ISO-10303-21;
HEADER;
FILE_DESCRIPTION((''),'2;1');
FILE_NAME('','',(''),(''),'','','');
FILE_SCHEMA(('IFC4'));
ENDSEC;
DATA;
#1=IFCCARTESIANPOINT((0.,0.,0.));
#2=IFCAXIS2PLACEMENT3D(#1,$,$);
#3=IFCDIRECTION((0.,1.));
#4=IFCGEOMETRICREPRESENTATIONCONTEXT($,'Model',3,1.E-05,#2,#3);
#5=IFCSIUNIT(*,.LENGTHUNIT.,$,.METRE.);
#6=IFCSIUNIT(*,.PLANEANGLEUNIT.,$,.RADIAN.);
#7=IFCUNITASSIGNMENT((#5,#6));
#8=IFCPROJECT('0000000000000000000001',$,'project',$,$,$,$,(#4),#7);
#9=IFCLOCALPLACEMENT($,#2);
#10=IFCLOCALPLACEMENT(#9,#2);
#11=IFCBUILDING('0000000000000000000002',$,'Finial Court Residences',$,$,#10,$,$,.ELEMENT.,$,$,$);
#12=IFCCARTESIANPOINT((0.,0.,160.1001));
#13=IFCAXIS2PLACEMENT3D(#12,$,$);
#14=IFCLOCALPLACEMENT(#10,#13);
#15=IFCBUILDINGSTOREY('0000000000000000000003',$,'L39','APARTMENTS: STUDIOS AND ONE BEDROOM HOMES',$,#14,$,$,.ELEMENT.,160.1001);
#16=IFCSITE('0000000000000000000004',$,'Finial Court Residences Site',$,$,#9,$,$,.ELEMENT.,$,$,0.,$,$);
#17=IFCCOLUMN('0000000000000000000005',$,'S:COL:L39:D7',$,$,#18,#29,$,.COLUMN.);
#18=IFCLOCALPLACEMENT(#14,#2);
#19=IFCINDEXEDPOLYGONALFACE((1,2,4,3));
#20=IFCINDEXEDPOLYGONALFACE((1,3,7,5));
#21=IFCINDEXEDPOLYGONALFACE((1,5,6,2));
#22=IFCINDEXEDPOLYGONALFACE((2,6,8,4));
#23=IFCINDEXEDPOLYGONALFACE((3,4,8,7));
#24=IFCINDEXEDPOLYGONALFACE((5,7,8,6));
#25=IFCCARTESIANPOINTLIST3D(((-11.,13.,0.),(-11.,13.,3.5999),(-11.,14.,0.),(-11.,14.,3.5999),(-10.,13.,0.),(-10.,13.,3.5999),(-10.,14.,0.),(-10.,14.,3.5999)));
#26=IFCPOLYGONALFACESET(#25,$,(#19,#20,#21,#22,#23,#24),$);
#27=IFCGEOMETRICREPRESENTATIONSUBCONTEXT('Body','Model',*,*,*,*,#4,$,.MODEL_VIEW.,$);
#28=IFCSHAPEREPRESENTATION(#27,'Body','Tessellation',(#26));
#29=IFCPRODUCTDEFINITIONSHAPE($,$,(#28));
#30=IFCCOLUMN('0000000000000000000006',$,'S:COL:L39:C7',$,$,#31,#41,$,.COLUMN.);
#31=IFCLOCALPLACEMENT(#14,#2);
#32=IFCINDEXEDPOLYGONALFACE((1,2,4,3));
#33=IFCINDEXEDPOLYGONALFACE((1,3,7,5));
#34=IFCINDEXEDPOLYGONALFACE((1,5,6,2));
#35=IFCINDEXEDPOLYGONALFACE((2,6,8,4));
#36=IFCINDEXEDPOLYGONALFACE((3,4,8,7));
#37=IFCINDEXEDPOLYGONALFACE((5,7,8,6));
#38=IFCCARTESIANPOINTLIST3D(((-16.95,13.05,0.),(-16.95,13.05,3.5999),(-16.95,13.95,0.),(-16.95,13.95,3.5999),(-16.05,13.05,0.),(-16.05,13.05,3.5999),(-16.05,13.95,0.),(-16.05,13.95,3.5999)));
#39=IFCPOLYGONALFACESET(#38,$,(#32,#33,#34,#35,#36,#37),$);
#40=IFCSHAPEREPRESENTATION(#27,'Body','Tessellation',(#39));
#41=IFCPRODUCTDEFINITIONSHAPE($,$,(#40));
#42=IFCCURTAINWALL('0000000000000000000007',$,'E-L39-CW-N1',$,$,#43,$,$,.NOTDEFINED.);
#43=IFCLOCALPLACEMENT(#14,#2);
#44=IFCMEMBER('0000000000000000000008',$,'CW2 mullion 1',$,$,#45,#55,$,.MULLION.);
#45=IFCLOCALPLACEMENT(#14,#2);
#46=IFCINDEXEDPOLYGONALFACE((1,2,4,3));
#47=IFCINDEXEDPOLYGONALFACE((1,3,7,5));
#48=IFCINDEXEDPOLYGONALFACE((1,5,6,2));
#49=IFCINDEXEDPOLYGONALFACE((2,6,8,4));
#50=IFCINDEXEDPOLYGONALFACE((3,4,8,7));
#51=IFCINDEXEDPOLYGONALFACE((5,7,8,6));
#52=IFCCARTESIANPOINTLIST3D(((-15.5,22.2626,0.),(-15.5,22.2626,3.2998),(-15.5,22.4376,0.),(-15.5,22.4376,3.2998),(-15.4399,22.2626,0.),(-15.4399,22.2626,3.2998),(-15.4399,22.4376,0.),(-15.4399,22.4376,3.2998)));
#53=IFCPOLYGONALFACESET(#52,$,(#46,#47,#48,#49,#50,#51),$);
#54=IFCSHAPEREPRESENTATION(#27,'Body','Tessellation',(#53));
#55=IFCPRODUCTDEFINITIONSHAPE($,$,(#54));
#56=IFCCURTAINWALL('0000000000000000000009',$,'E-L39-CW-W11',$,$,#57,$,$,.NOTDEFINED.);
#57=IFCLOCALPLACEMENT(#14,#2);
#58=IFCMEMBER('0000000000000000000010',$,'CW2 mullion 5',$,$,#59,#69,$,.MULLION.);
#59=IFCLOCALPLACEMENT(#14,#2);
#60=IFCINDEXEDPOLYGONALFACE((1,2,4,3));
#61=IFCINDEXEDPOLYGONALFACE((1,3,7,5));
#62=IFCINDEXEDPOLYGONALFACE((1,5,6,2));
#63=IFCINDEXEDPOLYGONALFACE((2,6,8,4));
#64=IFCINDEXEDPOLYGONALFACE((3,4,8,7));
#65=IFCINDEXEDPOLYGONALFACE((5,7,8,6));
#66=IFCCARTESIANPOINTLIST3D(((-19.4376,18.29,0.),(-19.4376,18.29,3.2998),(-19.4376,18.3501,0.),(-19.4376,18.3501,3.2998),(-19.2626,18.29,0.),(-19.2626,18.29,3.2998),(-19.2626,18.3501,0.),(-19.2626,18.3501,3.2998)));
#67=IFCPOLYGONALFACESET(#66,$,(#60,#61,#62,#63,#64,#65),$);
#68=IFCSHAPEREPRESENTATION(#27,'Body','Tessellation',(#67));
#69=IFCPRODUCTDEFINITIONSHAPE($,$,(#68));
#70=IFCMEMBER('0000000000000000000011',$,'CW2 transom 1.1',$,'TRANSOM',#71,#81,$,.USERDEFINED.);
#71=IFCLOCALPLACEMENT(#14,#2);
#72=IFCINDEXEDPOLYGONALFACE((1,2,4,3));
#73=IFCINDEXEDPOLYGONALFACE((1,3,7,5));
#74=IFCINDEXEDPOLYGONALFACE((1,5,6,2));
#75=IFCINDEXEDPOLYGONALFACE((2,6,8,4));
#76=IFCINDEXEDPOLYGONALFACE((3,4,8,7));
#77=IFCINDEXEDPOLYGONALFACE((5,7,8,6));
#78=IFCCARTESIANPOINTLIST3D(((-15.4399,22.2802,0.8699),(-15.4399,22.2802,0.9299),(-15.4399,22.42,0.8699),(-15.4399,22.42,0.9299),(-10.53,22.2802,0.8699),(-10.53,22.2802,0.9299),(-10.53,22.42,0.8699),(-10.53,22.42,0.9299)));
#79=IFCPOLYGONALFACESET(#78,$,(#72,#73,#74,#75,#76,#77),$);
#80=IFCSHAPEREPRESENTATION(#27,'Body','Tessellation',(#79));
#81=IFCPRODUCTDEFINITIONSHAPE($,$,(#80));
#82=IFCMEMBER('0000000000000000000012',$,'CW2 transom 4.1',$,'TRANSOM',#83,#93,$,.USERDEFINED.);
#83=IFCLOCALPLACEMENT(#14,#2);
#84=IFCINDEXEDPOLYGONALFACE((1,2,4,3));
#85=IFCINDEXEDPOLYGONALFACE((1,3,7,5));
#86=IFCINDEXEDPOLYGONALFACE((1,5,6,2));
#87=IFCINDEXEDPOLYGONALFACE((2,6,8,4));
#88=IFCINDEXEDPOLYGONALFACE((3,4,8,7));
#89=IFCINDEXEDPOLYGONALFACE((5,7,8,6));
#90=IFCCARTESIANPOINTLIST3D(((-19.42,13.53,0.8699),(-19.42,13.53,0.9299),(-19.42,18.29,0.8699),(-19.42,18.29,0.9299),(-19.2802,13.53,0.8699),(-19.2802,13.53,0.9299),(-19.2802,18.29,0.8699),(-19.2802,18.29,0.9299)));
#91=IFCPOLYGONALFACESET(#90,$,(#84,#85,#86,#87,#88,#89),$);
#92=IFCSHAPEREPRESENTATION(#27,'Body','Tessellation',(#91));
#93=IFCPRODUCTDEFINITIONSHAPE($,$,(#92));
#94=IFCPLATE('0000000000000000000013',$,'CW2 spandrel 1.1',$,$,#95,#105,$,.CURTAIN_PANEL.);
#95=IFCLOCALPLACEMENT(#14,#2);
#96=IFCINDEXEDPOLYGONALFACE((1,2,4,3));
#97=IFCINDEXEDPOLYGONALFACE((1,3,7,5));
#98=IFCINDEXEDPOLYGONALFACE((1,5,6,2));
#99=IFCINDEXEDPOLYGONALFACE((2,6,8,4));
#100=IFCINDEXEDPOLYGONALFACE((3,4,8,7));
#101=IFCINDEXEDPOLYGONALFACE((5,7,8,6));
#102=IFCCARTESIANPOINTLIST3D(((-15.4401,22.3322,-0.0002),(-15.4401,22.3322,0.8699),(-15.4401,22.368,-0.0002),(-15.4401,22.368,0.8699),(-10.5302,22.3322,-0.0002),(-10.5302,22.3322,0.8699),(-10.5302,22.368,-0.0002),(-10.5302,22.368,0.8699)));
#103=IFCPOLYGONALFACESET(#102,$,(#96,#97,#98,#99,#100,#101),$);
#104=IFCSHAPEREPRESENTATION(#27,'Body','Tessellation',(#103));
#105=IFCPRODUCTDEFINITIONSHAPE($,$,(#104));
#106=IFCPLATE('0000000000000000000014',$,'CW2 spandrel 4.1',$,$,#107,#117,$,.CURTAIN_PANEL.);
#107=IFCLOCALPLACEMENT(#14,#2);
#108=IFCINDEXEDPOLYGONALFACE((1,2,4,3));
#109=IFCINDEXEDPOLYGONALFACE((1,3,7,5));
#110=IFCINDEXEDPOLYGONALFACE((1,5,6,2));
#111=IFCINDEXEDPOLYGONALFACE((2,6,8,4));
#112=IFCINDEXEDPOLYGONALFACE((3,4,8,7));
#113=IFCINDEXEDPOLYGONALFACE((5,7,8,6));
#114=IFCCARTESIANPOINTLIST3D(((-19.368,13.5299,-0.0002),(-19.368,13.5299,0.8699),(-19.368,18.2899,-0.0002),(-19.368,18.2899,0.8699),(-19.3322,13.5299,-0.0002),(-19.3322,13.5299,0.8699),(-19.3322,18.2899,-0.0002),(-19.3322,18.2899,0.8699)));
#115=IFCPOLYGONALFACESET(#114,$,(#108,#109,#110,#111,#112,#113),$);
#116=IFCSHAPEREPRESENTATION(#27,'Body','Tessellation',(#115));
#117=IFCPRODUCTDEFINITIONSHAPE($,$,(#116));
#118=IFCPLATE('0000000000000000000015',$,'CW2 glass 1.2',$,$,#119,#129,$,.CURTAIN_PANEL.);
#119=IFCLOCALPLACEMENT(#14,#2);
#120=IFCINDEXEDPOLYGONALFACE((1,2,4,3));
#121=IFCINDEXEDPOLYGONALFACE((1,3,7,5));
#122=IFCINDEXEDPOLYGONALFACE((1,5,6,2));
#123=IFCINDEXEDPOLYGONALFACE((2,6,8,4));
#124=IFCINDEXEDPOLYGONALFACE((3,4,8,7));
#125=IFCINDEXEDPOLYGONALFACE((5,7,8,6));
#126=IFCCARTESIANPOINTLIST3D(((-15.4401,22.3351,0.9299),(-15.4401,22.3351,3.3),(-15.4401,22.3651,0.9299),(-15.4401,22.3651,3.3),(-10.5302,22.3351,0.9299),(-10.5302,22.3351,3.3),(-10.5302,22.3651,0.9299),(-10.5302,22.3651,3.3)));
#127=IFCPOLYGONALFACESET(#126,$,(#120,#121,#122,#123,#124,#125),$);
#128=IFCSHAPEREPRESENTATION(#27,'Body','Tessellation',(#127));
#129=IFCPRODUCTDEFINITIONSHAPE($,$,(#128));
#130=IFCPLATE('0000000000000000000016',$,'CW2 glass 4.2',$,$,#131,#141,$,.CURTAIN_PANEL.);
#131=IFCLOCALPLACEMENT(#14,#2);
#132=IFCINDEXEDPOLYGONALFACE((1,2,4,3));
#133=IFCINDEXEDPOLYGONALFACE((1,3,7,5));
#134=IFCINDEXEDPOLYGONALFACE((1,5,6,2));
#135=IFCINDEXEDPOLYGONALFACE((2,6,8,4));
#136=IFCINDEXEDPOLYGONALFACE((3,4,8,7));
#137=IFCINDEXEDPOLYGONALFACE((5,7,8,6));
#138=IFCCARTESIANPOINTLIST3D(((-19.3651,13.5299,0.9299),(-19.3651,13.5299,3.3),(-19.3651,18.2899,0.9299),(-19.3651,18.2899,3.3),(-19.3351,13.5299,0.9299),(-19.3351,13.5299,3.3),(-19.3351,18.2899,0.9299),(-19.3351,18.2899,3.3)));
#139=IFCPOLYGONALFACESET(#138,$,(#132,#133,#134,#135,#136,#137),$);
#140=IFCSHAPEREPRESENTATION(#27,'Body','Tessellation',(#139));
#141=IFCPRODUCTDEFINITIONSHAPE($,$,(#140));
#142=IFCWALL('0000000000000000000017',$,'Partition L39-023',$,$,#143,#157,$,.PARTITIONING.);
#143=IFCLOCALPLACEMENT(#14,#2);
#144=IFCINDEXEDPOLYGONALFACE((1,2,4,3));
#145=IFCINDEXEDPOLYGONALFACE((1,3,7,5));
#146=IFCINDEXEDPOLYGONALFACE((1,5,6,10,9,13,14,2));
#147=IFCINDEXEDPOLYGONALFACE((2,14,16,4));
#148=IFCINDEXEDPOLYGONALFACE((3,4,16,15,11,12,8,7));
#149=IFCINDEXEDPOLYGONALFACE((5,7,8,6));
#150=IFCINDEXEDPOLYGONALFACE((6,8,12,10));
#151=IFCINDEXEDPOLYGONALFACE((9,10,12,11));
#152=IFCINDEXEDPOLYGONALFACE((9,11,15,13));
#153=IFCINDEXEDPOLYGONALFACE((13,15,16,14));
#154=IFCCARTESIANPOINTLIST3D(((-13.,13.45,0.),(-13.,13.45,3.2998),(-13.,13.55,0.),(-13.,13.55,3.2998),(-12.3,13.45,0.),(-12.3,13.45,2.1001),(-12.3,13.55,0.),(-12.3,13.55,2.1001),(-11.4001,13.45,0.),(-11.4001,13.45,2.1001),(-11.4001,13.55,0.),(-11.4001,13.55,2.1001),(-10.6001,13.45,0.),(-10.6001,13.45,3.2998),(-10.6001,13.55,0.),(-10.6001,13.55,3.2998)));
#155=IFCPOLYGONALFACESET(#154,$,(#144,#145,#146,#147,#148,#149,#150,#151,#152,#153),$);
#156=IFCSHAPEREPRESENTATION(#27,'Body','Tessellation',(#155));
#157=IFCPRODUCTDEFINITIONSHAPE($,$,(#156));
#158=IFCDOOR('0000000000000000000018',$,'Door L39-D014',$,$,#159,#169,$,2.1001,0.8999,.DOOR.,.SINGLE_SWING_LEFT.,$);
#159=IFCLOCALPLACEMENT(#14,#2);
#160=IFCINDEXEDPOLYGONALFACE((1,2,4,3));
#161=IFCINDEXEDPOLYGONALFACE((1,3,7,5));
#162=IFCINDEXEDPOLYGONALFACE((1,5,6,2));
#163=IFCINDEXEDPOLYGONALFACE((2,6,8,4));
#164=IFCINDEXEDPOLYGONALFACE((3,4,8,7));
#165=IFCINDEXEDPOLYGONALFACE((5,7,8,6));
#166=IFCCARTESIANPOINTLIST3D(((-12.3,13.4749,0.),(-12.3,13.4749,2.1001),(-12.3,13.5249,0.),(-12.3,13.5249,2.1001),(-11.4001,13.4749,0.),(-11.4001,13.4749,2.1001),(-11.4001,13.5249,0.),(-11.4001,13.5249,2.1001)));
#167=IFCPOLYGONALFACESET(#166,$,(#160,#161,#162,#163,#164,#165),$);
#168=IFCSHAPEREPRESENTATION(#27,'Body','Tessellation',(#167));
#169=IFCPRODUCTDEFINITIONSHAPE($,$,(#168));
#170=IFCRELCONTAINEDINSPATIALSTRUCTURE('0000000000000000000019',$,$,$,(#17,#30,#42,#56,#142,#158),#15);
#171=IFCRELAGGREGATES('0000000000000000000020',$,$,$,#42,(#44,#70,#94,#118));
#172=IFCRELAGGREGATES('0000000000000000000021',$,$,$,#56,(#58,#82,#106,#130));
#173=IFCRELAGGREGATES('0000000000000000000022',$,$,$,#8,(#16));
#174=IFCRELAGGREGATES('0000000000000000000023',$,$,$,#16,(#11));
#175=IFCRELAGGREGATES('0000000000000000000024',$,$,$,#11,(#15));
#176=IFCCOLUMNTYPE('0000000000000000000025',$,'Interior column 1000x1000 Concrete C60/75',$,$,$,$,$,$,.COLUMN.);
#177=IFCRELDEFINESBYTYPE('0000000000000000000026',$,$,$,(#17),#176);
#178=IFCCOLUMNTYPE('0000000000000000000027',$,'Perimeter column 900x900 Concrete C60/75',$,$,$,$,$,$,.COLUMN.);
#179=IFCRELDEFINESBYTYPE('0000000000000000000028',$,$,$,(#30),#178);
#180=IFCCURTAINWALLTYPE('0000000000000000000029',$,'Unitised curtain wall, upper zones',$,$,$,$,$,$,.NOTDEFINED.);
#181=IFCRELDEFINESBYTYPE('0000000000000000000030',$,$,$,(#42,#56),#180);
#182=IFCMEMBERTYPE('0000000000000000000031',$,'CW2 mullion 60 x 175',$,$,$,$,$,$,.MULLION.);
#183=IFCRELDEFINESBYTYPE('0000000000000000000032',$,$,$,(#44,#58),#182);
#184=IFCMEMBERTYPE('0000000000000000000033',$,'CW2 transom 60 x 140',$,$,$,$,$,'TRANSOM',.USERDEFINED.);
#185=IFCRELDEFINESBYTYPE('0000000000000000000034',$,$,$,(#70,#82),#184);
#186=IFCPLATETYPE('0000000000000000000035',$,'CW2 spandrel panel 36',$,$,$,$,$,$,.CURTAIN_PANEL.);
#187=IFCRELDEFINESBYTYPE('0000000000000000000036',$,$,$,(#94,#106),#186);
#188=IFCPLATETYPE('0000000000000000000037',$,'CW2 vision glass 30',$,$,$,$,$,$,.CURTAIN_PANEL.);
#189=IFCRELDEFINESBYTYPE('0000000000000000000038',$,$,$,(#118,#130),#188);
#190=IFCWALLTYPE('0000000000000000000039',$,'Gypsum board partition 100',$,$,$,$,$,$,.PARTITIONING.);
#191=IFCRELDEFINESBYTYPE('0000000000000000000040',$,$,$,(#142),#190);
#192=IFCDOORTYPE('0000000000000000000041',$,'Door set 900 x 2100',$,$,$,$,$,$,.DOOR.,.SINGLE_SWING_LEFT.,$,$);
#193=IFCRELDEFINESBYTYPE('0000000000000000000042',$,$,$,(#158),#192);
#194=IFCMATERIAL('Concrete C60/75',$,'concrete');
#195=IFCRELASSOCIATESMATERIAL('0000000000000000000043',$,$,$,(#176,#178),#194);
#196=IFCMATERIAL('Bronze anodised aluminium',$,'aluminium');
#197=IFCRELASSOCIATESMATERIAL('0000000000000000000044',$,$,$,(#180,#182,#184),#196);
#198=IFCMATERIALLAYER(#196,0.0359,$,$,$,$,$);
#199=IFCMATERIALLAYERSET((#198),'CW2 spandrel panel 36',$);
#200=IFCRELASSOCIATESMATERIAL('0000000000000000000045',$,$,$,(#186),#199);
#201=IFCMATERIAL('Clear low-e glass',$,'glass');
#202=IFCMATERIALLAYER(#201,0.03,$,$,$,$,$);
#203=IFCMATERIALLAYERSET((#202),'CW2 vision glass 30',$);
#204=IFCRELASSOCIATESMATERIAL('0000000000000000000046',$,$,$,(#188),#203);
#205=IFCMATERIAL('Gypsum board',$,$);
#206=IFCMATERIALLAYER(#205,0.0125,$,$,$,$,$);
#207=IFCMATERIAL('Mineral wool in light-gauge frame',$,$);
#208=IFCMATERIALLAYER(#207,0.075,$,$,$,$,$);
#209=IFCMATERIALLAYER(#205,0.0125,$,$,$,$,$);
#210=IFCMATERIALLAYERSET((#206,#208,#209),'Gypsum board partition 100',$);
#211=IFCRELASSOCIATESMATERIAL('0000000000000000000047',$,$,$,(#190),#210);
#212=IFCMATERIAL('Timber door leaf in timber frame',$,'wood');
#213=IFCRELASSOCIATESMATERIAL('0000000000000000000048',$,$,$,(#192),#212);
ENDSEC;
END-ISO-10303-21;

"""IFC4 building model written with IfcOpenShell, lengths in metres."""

from ifc_helpers import new_model, si_unit, direction, frame, frame_2d, origin, origin_2d, place, context, subcontext, project, spatial, rectangle, extrude, material, layer, layer_set, material_profile, profile_set, type_object, element, fill, aggregate, save


model = new_model("IFC4")

# Units and contexts
model_context = context("Model", 3, precision=1e-05, world=origin(), true_north=direction((0.0, 1.0)))
body_context = subcontext(model_context, "Body", "Model", "MODEL_VIEW")
ifc_project = project(units=[si_unit("LENGTHUNIT", "METRE"), si_unit("PLANEANGLEUNIT", "RADIAN")], contexts=[model_context])

# Site, building, storey
site_placement = place(None, origin())
site = spatial("IfcSite", under=ifc_project, at=site_placement, Name="Finial Court Residences Site", CompositionType="ELEMENT", RefElevation=0.0)
building_placement = place(site_placement, origin())
building = spatial("IfcBuilding", under=site, at=building_placement, Name="Finial Court Residences", CompositionType="ELEMENT")
storey_placement = place(building_placement, frame((0.0, 0.0, 160.1001)))
storey = spatial("IfcBuildingStorey", under=building, at=storey_placement, Name="L39", Description="APARTMENTS: STUDIOS AND ONE BEDROOM HOMES", CompositionType="ELEMENT", Elevation=160.1001)

# Columns
ifc_material_1 = material(Name="Concrete C60/75", Category="concrete")
ifc_material_profile_1 = material_profile(ifc_material_1, rectangle(XDim=1.0, YDim=1.0, at=origin_2d()), Name="1000x1000")
ifc_profile_set_1 = profile_set([ifc_material_profile_1], Name="Concrete C60/75")
column_type_1 = type_object("IfcColumnType", Name="Interior column 1000x1000 Concrete C60/75", PredefinedType="COLUMN", material=ifc_profile_set_1)
column_1_placement = place(storey_placement, frame((-10.5, 13.5, 0.0), z_axis=(0.0, 0.0, 1.0), x_axis=(1.0, 0.0, 0.0)))
element("IfcColumn", 1, at=column_1_placement, inside=storey, type_object=column_type_1, Name="S:COL:L39:D7", PredefinedType="COLUMN", context=body_context, shape_type="SweptSolid", body=[
    extrude(rectangle(XDim=1.0, YDim=1.0, at=origin_2d()), origin(), (0.0, 0.0, 1.0), 3.5999),
])
ifc_material_profile_2 = material_profile(ifc_material_1, rectangle(XDim=0.8999, YDim=0.8999, at=origin_2d()), Name="900x900")
ifc_profile_set_2 = profile_set([ifc_material_profile_2], Name="Concrete C60/75")
column_type_2 = type_object("IfcColumnType", Name="Perimeter column 900x900 Concrete C60/75", PredefinedType="COLUMN", material=ifc_profile_set_2)
column_2_placement = place(storey_placement, frame((-16.5, 13.5, 0.0), z_axis=(0.0, 0.0, 1.0), x_axis=(1.0, 0.0, 0.0)))
element("IfcColumn", 2, at=column_2_placement, inside=storey, type_object=column_type_2, Name="S:COL:L39:C7", PredefinedType="COLUMN", context=body_context, shape_type="SweptSolid", body=[
    extrude(rectangle(XDim=0.8999, YDim=0.8999, at=origin_2d()), origin(), (0.0, 0.0, 1.0), 3.5999),
])

# Curtain walls, members
ifc_material_2 = material(Name="Bronze anodised aluminium", Category="aluminium")
curtain_wall_type = type_object("IfcCurtainWallType", Name="Unitised curtain wall, upper zones", PredefinedType="NOTDEFINED", material=ifc_material_2)
curtain_wall_1_placement = place(storey_placement, origin())
curtain_wall_1 = element("IfcCurtainWall", 3, at=curtain_wall_1_placement, inside=storey, type_object=curtain_wall_type, Name="E-L39-CW-N1", PredefinedType="NOTDEFINED")
ifc_material_profile_3 = material_profile(ifc_material_2, rectangle(XDim=0.175, YDim=0.0601, at=origin_2d()), Name="CW2 mullion 60 x 175")
ifc_profile_set_3 = profile_set([ifc_material_profile_3], Name="Bronze anodised aluminium")
member_type_1 = type_object("IfcMemberType", Name="CW2 mullion 60 x 175", PredefinedType="MULLION", material=ifc_profile_set_3)
member_1_placement = place(storey_placement, frame((-15.47, 22.3501, 0.0), z_axis=(0.0, 0.0, 1.0), x_axis=(0.0, 1.0, 0.0)))
member_1 = element("IfcMember", 4, at=member_1_placement, type_object=member_type_1, Name="CW2 mullion 1", PredefinedType="MULLION", context=body_context, shape_type="SweptSolid", body=[
    extrude(rectangle(XDim=0.175, YDim=0.0601, at=origin_2d()), origin(), (0.0, 0.0, 1.0), 3.2998),
])
curtain_wall_2_placement = place(storey_placement, origin())
curtain_wall_2 = element("IfcCurtainWall", 5, at=curtain_wall_2_placement, inside=storey, type_object=curtain_wall_type, Name="E-L39-CW-W11", PredefinedType="NOTDEFINED")
member_2_placement = place(storey_placement, frame((-19.3501, 18.3201, 0.0), z_axis=(0.0, 0.0, 1.0), x_axis=(-1.0, 0.0, 0.0)))
member_2 = element("IfcMember", 6, at=member_2_placement, type_object=member_type_1, Name="CW2 mullion 5", PredefinedType="MULLION", context=body_context, shape_type="SweptSolid", body=[
    extrude(rectangle(XDim=0.175, YDim=0.0601, at=origin_2d()), origin(), (0.0, 0.0, 1.0), 3.2998),
])

# Members
ifc_material_profile_4 = material_profile(ifc_material_2, rectangle(XDim=0.1399, YDim=0.0601, at=origin_2d()), Name="CW2 transom 60 x 140")
ifc_profile_set_4 = profile_set([ifc_material_profile_4], Name="Bronze anodised aluminium")
member_type_2 = type_object("IfcMemberType", Name="CW2 transom 60 x 140", ElementType="TRANSOM", PredefinedType="USERDEFINED", material=ifc_profile_set_4)
member_3_placement = place(storey_placement, frame((-15.4399, 22.3501, 0.8999), z_axis=(1.0, 0.0, 0.0), x_axis=(0.0, 1.0, 0.0)))
member_3 = element("IfcMember", 7, at=member_3_placement, type_object=member_type_2, Name="CW2 transom 1.1", ObjectType="TRANSOM", PredefinedType="USERDEFINED", context=body_context, shape_type="SweptSolid", body=[
    extrude(rectangle(XDim=0.1399, YDim=0.0601, at=origin_2d()), origin(), (0.0, 0.0, 1.0), 4.9099),
])
member_4_placement = place(storey_placement, frame((-19.3501, 13.53, 0.8999), z_axis=(0.0, 1.0, 0.0), x_axis=(-1.0, 0.0, 0.0)))
member_4 = element("IfcMember", 8, at=member_4_placement, type_object=member_type_2, Name="CW2 transom 4.1", ObjectType="TRANSOM", PredefinedType="USERDEFINED", context=body_context, shape_type="SweptSolid", body=[
    extrude(rectangle(XDim=0.1399, YDim=0.0601, at=origin_2d()), origin(), (0.0, 0.0, 1.0), 4.76),
])

# Plates
ifc_layer_1 = layer(ifc_material_2, 0.0359)
ifc_layer_set_1 = layer_set([ifc_layer_1], Name="CW2 spandrel panel 36")
plate_type_1 = type_object("IfcPlateType", Name="CW2 spandrel panel 36", PredefinedType="CURTAIN_PANEL", material=ifc_layer_set_1)
plate_1_placement = place(storey_placement, frame((-12.9851, 22.3501, -0.0002), z_axis=(0.0, 0.0, 1.0), x_axis=(1.0, 0.0, 0.0)))
plate_1 = element("IfcPlate", 9, at=plate_1_placement, type_object=plate_type_1, Name="CW2 spandrel 1.1", PredefinedType="CURTAIN_PANEL", context=body_context, shape_type="SweptSolid", body=[
    extrude(rectangle(XDim=4.9099, YDim=0.0359, at=origin_2d()), origin(), (0.0, 0.0, 1.0), 0.8701),
])
plate_2_placement = place(storey_placement, frame((-19.3501, 15.9099, -0.0002), z_axis=(0.0, 0.0, 1.0), x_axis=(0.0, 1.0, 0.0)))
plate_2 = element("IfcPlate", 10, at=plate_2_placement, type_object=plate_type_1, Name="CW2 spandrel 4.1", PredefinedType="CURTAIN_PANEL", context=body_context, shape_type="SweptSolid", body=[
    extrude(rectangle(XDim=4.76, YDim=0.0359, at=origin_2d()), origin(), (0.0, 0.0, 1.0), 0.8701),
])
ifc_material_3 = material(Name="Clear low-e glass", Category="glass")
ifc_layer_2 = layer(ifc_material_3, 0.03)
ifc_layer_set_2 = layer_set([ifc_layer_2], Name="CW2 vision glass 30")
plate_type_2 = type_object("IfcPlateType", Name="CW2 vision glass 30", PredefinedType="CURTAIN_PANEL", material=ifc_layer_set_2)
plate_3_placement = place(storey_placement, frame((-12.9851, 22.3501, 0.9299), z_axis=(0.0, 0.0, 1.0), x_axis=(1.0, 0.0, 0.0)))
plate_3 = element("IfcPlate", 11, at=plate_3_placement, type_object=plate_type_2, Name="CW2 glass 1.2", PredefinedType="CURTAIN_PANEL", context=body_context, shape_type="SweptSolid", body=[
    extrude(rectangle(XDim=4.9099, YDim=0.03, at=origin_2d()), origin(), (0.0, 0.0, 1.0), 2.3701),
])
aggregate(curtain_wall_1, [member_1, member_3, plate_1, plate_3])
plate_4_placement = place(storey_placement, frame((-19.3501, 15.9099, 0.9299), z_axis=(0.0, 0.0, 1.0), x_axis=(0.0, 1.0, 0.0)))
plate_4 = element("IfcPlate", 12, at=plate_4_placement, type_object=plate_type_2, Name="CW2 glass 4.2", PredefinedType="CURTAIN_PANEL", context=body_context, shape_type="SweptSolid", body=[
    extrude(rectangle(XDim=4.76, YDim=0.03, at=origin_2d()), origin(), (0.0, 0.0, 1.0), 2.3701),
])
aggregate(curtain_wall_2, [member_2, member_4, plate_2, plate_4])

# Wall, opening, door
ifc_material_4 = material(Name="Gypsum board")
ifc_layer_3 = layer(ifc_material_4, 0.0125)
ifc_material_5 = material(Name="Mineral wool in light-gauge frame")
ifc_layer_4 = layer(ifc_material_5, 0.075)
ifc_layer_5 = layer(ifc_material_4, 0.0125)
ifc_layer_set_3 = layer_set([ifc_layer_3, ifc_layer_4, ifc_layer_5], Name="Gypsum board partition 100")
wall_type_1 = type_object("IfcWallType", Name="Gypsum board partition 100", PredefinedType="PARTITIONING", material=ifc_layer_set_3)
wall_1_placement = place(storey_placement, frame((-13.0, 13.5, 0.0), z_axis=(0.0, 0.0, 1.0), x_axis=(1.0, 0.0, 0.0)))
wall_1 = element("IfcWall", 13, at=wall_1_placement, inside=storey, type_object=wall_type_1, Name="Partition L39-023", PredefinedType="PARTITIONING", context=body_context, shape_type="SweptSolid", body=[
    extrude(rectangle(XDim=2.3999, YDim=0.1001, at=frame_2d((1.2, 0.0))), origin(), (0.0, 0.0, 1.0), 3.2998),
])
opening_1_placement = place(wall_1_placement, frame((0.7, 0.0, 0.0)))
opening_1 = element("IfcOpeningElement", 14, at=opening_1_placement, cuts=wall_1, PredefinedType="OPENING", context=body_context, shape_type="SweptSolid", body=[
    extrude(rectangle(XDim=0.8999, YDim=2.1001, at=frame_2d((0.45, 1.05))), frame((0.0, 0.0601, 0.0), z_axis=(0.0, -1.0, 0.0), x_axis=(1.0, 0.0, 0.0)), (0.0, 0.0, 1.0), 0.1201),
])
ifc_material_6 = material(Name="Timber door leaf in timber frame", Category="wood")
door_type = type_object("IfcDoorType", Name="Door set 900 x 2100", OperationType="SINGLE_SWING_LEFT", PredefinedType="DOOR", material=ifc_material_6)
door_placement = place(opening_1_placement, origin())
door = element("IfcDoor", 15, at=door_placement, inside=storey, type_object=door_type, Name="Door L39-D014", OperationType="SINGLE_SWING_LEFT", OverallHeight=2.1001, OverallWidth=0.8999, PredefinedType="DOOR", context=body_context, shape_type="SweptSolid", body=[
    extrude(rectangle(XDim=0.8999, YDim=2.1001, at=frame_2d((0.45, 1.05))), frame((0.0, 0.0249, 0.0), z_axis=(0.0, -1.0, 0.0), x_axis=(1.0, 0.0, 0.0)), (0.0, 0.0, 1.0), 0.05),
])
fill(opening_1, door)

save(model, "model.ifc")
